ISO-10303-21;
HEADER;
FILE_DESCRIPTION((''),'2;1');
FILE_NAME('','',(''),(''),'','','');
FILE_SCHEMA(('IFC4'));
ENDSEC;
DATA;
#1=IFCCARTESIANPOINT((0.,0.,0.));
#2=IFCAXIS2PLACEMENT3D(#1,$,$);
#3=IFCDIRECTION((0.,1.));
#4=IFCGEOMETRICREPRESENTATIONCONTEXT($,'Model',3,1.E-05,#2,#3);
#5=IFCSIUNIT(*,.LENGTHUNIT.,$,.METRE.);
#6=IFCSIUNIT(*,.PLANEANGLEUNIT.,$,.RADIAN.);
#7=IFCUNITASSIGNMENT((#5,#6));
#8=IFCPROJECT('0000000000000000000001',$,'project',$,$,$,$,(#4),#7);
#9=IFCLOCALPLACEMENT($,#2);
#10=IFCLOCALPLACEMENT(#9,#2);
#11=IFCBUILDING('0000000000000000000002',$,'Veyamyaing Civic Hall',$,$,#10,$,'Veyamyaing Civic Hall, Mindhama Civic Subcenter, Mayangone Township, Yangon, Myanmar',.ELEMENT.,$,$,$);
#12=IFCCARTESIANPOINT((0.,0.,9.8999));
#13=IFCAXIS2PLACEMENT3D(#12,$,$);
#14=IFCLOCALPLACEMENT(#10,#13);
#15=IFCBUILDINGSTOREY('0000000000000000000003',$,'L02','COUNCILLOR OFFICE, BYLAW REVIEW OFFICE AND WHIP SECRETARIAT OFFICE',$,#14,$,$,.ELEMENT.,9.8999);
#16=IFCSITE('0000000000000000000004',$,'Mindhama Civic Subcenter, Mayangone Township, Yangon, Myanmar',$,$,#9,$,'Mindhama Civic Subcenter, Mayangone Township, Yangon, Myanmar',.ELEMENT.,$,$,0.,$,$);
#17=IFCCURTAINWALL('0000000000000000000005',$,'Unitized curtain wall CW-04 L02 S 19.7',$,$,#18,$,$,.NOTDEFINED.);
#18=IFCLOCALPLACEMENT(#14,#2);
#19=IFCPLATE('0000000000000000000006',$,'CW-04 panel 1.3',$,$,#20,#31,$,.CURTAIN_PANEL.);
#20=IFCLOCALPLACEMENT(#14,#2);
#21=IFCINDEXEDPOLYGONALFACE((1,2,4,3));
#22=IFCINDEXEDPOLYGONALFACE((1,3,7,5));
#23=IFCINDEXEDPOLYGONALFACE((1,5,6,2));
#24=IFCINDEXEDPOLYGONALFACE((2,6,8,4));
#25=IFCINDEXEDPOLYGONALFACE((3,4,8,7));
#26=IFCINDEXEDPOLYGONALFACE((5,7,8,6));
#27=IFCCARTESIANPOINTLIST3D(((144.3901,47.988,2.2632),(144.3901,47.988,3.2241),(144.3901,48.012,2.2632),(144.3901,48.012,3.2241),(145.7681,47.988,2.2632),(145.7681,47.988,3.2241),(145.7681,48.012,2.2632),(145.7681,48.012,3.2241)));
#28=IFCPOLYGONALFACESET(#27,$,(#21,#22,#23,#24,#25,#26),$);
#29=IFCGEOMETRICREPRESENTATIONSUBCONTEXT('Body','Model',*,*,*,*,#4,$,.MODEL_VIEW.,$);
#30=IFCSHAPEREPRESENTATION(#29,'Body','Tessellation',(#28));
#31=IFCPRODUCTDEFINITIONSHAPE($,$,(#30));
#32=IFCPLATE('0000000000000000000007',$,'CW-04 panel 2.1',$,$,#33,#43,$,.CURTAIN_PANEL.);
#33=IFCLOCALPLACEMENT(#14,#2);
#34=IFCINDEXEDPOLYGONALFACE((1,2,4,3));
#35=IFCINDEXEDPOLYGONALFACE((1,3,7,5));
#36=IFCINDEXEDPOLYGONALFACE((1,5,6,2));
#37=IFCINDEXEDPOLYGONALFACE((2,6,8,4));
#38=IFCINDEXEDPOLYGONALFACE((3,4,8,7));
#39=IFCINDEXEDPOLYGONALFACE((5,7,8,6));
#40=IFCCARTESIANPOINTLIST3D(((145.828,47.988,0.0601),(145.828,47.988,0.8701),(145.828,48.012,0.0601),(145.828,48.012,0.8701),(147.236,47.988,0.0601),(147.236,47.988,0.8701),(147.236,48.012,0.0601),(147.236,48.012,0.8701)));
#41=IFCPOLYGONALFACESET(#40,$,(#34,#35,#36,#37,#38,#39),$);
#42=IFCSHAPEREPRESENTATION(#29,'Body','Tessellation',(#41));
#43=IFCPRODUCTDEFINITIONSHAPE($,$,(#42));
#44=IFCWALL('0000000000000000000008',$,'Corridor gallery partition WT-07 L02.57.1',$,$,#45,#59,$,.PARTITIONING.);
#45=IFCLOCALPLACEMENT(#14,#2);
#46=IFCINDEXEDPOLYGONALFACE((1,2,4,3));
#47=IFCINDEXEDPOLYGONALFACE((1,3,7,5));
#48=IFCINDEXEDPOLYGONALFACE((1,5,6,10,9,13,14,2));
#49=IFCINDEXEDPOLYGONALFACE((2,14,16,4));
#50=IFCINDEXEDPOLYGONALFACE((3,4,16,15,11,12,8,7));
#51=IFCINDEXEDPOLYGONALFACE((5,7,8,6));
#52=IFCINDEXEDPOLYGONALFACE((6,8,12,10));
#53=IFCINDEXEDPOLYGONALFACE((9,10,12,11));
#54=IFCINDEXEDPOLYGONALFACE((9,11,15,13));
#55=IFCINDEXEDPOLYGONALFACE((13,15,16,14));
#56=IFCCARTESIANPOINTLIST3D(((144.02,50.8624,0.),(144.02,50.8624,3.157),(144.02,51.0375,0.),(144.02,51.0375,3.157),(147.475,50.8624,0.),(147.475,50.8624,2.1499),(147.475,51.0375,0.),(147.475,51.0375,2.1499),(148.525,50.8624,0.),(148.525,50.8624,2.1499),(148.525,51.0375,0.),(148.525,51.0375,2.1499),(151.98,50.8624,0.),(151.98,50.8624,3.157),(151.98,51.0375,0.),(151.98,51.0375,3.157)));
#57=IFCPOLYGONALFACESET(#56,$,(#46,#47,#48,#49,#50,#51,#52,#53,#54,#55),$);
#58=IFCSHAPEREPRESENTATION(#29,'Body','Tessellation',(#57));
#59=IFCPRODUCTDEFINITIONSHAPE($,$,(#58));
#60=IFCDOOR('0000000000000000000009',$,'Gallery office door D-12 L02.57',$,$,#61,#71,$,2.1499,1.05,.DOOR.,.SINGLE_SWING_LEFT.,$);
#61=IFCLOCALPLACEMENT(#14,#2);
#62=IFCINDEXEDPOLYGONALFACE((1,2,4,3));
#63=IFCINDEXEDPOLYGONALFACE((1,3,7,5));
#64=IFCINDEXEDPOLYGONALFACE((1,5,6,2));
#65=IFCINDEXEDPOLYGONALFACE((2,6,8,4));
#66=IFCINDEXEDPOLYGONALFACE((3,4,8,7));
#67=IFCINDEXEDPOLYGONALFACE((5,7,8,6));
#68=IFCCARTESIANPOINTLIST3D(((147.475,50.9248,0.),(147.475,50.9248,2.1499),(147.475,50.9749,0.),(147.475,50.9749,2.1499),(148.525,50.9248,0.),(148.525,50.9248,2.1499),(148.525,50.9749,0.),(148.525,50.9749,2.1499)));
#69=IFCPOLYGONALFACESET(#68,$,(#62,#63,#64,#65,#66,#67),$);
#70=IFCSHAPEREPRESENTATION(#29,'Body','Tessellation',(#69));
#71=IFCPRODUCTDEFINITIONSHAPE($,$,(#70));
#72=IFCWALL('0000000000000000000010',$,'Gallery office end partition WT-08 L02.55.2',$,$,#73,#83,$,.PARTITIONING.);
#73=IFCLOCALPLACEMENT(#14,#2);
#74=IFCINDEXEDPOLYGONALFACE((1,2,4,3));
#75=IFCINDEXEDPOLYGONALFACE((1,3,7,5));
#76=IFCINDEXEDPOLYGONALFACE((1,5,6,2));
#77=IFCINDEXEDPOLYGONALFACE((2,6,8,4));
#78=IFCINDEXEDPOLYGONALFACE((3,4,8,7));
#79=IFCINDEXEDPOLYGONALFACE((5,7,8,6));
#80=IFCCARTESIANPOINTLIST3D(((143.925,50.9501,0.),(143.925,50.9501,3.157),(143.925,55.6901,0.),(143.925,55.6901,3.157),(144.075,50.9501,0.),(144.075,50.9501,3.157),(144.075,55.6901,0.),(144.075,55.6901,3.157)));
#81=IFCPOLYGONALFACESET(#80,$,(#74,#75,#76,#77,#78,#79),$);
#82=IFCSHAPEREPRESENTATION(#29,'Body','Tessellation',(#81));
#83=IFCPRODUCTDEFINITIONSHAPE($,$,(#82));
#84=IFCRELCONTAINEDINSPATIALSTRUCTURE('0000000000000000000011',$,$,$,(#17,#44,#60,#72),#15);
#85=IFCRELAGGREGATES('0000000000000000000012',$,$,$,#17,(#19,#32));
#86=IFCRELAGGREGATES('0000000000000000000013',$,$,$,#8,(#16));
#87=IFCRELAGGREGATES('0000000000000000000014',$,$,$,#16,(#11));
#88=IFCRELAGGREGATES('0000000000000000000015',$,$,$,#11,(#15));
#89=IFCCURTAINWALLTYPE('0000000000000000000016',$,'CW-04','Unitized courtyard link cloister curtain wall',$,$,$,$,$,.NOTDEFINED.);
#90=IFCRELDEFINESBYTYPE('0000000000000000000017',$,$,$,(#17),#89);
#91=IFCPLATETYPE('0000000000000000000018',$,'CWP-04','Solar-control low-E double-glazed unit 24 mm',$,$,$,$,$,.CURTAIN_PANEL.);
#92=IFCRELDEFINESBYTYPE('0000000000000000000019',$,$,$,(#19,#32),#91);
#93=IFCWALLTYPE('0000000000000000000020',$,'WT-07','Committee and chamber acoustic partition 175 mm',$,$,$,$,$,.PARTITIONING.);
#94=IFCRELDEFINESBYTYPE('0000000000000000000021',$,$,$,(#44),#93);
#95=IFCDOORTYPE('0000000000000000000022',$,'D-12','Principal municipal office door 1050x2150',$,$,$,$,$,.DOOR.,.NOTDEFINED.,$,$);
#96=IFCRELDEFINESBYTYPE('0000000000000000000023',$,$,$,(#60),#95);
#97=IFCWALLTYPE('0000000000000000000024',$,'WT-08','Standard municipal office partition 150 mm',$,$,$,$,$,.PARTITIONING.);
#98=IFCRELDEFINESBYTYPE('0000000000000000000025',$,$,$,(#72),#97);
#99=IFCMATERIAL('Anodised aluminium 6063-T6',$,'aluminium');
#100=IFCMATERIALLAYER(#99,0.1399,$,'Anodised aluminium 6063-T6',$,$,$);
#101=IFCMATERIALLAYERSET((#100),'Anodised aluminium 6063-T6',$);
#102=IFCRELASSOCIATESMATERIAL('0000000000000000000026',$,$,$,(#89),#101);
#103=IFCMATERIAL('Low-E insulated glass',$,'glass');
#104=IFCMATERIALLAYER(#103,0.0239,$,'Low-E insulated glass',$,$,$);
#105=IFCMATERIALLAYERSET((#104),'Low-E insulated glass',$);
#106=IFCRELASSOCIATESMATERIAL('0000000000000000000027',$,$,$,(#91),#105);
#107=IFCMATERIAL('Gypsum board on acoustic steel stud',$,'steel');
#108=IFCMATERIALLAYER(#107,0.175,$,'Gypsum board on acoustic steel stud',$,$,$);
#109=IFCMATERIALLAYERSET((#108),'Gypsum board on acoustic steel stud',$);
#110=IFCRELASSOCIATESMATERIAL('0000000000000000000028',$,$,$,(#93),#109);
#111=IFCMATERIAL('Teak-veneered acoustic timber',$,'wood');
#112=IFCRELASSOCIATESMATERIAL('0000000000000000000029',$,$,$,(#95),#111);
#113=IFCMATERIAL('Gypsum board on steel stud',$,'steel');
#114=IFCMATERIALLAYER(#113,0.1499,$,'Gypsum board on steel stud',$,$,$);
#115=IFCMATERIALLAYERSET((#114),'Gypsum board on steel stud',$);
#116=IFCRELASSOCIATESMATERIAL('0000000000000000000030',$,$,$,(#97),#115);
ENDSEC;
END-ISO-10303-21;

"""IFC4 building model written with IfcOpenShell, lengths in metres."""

from ifc_helpers import new_model, si_unit, direction, frame, frame_2d, origin, origin_2d, place, context, subcontext, project, spatial, rectangle, extrude, material, layer, layer_set, type_object, element, fill, aggregate, save


model = new_model("IFC4")

# Units and contexts
model_context = context("Model", 3, precision=1e-05, world=origin(), true_north=direction((0.0, 1.0)))
body_context = subcontext(model_context, "Body", "Model", "MODEL_VIEW")
ifc_project = project(units=[si_unit("LENGTHUNIT", "METRE"), si_unit("PLANEANGLEUNIT", "RADIAN")], contexts=[model_context])

# Site, building, storey
site_placement = place(None, origin())
site = spatial("IfcSite", under=ifc_project, at=site_placement, Name="Mindhama Civic Subcenter, Mayangone Township, Yangon, Myanmar", LongName="Mindhama Civic Subcenter, Mayangone Township, Yangon, Myanmar", CompositionType="ELEMENT", RefElevation=0.0)
building_placement = place(site_placement, origin())
building = spatial("IfcBuilding", under=site, at=building_placement, Name="Veyamyaing Civic Hall", LongName="Veyamyaing Civic Hall, Mindhama Civic Subcenter, Mayangone Township, Yangon, Myanmar", CompositionType="ELEMENT")
storey_placement = place(building_placement, frame((0.0, 0.0, 9.8999)))
storey = spatial("IfcBuildingStorey", under=building, at=storey_placement, Name="L02", Description="COUNCILLOR OFFICE, BYLAW REVIEW OFFICE AND WHIP SECRETARIAT OFFICE", CompositionType="ELEMENT", Elevation=9.8999)

# Curtain wall
ifc_material_1 = material(Name="Anodised aluminium 6063-T6", Category="aluminium")
ifc_layer_1 = layer(ifc_material_1, 0.1399, Name="Anodised aluminium 6063-T6")
ifc_layer_set_1 = layer_set([ifc_layer_1], Name="Anodised aluminium 6063-T6")
curtain_wall_type = type_object("IfcCurtainWallType", Name="CW-04", Description="Unitized courtyard link cloister curtain wall", PredefinedType="NOTDEFINED", material=ifc_layer_set_1)
curtain_wall_placement = place(storey_placement, origin())
curtain_wall = element("IfcCurtainWall", 1, at=curtain_wall_placement, inside=storey, type_object=curtain_wall_type, Name="Unitized curtain wall CW-04 L02 S 19.7", PredefinedType="NOTDEFINED")

# Plates
ifc_material_2 = material(Name="Low-E insulated glass", Category="glass")
ifc_layer_2 = layer(ifc_material_2, 0.0239, Name="Low-E insulated glass")
ifc_layer_set_2 = layer_set([ifc_layer_2], Name="Low-E insulated glass")
plate_type = type_object("IfcPlateType", Name="CWP-04", Description="Solar-control low-E double-glazed unit 24 mm", PredefinedType="CURTAIN_PANEL", material=ifc_layer_set_2)
plate_1_placement = place(storey_placement, frame((145.0791, 48.0, 2.2632), z_axis=(0.0, 0.0, 1.0), x_axis=(1.0, 0.0, 0.0)))
plate_1 = element("IfcPlate", 2, at=plate_1_placement, type_object=plate_type, Name="CW-04 panel 1.3", PredefinedType="CURTAIN_PANEL", context=body_context, shape_type="SweptSolid", body=[
    extrude(rectangle(XDim=1.3779, YDim=0.0239, at=origin_2d()), origin(), (0.0, 0.0, 1.0), 0.9609),
])
plate_2_placement = place(storey_placement, frame((146.532, 48.0, 0.0601), z_axis=(0.0, 0.0, 1.0), x_axis=(1.0, 0.0, 0.0)))
plate_2 = element("IfcPlate", 3, at=plate_2_placement, type_object=plate_type, Name="CW-04 panel 2.1", PredefinedType="CURTAIN_PANEL", context=body_context, shape_type="SweptSolid", body=[
    extrude(rectangle(XDim=1.408, YDim=0.0239, at=origin_2d()), origin(), (0.0, 0.0, 1.0), 0.8101),
])
aggregate(curtain_wall, [plate_1, plate_2])

# Wall, opening, door
ifc_material_3 = material(Name="Gypsum board on acoustic steel stud", Category="steel")
ifc_layer_3 = layer(ifc_material_3, 0.175, Name="Gypsum board on acoustic steel stud")
ifc_layer_set_3 = layer_set([ifc_layer_3], Name="Gypsum board on acoustic steel stud")
wall_type_1 = type_object("IfcWallType", Name="WT-07", Description="Committee and chamber acoustic partition 175 mm", PredefinedType="PARTITIONING", material=ifc_layer_set_3)
wall_1_placement = place(storey_placement, frame((144.02, 50.95, 0.0), z_axis=(0.0, 0.0, 1.0), x_axis=(1.0, 0.0, 0.0)))
wall_1 = element("IfcWall", 4, at=wall_1_placement, inside=storey, type_object=wall_type_1, Name="Corridor gallery partition WT-07 L02.57.1", PredefinedType="PARTITIONING", context=body_context, shape_type="SweptSolid", body=[
    extrude(rectangle(XDim=7.96, YDim=0.175, at=frame_2d((3.98, 0.0))), origin(), (0.0, 0.0, 1.0), 3.157),
])
opening_placement = place(wall_1_placement, frame((3.4551, 0.0, 0.0)))
opening = element("IfcOpeningElement", 5, at=opening_placement, cuts=wall_1, PredefinedType="OPENING", context=body_context, shape_type="SweptSolid", body=[
    extrude(rectangle(XDim=1.05, YDim=2.1499, at=frame_2d((0.5249, 1.075))), frame((0.0, 0.0974, 0.0), z_axis=(0.0, -1.0, 0.0), x_axis=(1.0, 0.0, 0.0)), (0.0, 0.0, 1.0), 0.1951),
])
ifc_material_4 = material(Name="Teak-veneered acoustic timber", Category="wood")
door_type = type_object("IfcDoorType", Name="D-12", Description="Principal municipal office door 1050x2150", OperationType="NOTDEFINED", PredefinedType="DOOR", material=ifc_material_4)
door_placement = place(opening_placement, origin())
door = element("IfcDoor", 6, at=door_placement, inside=storey, type_object=door_type, Name="Gallery office door D-12 L02.57", OperationType="SINGLE_SWING_LEFT", OverallHeight=2.1499, OverallWidth=1.05, PredefinedType="DOOR", context=body_context, shape_type="SweptSolid", body=[
    extrude(rectangle(XDim=1.05, YDim=2.1499, at=frame_2d((0.5249, 1.075))), frame((0.0, 0.0249, 0.0), z_axis=(0.0, -1.0, 0.0), x_axis=(1.0, 0.0, 0.0)), (0.0, 0.0, 1.0), 0.05),
])
fill(opening, door)

# Wall
ifc_material_5 = material(Name="Gypsum board on steel stud", Category="steel")
ifc_layer_4 = layer(ifc_material_5, 0.1499, Name="Gypsum board on steel stud")
ifc_layer_set_4 = layer_set([ifc_layer_4], Name="Gypsum board on steel stud")
wall_type_2 = type_object("IfcWallType", Name="WT-08", Description="Standard municipal office partition 150 mm", PredefinedType="PARTITIONING", material=ifc_layer_set_4)
wall_2_placement = place(storey_placement, frame((144.0, 50.95, 0.0), z_axis=(0.0, 0.0, 1.0), x_axis=(0.0, 1.0, 0.0)))
element("IfcWall", 7, at=wall_2_placement, inside=storey, type_object=wall_type_2, Name="Gallery office end partition WT-08 L02.55.2", PredefinedType="PARTITIONING", context=body_context, shape_type="SweptSolid", body=[
    extrude(rectangle(XDim=4.74, YDim=0.1499, at=frame_2d((2.3701, 0.0))), origin(), (0.0, 0.0, 1.0), 3.157),
])

save(model, "model.ifc")
